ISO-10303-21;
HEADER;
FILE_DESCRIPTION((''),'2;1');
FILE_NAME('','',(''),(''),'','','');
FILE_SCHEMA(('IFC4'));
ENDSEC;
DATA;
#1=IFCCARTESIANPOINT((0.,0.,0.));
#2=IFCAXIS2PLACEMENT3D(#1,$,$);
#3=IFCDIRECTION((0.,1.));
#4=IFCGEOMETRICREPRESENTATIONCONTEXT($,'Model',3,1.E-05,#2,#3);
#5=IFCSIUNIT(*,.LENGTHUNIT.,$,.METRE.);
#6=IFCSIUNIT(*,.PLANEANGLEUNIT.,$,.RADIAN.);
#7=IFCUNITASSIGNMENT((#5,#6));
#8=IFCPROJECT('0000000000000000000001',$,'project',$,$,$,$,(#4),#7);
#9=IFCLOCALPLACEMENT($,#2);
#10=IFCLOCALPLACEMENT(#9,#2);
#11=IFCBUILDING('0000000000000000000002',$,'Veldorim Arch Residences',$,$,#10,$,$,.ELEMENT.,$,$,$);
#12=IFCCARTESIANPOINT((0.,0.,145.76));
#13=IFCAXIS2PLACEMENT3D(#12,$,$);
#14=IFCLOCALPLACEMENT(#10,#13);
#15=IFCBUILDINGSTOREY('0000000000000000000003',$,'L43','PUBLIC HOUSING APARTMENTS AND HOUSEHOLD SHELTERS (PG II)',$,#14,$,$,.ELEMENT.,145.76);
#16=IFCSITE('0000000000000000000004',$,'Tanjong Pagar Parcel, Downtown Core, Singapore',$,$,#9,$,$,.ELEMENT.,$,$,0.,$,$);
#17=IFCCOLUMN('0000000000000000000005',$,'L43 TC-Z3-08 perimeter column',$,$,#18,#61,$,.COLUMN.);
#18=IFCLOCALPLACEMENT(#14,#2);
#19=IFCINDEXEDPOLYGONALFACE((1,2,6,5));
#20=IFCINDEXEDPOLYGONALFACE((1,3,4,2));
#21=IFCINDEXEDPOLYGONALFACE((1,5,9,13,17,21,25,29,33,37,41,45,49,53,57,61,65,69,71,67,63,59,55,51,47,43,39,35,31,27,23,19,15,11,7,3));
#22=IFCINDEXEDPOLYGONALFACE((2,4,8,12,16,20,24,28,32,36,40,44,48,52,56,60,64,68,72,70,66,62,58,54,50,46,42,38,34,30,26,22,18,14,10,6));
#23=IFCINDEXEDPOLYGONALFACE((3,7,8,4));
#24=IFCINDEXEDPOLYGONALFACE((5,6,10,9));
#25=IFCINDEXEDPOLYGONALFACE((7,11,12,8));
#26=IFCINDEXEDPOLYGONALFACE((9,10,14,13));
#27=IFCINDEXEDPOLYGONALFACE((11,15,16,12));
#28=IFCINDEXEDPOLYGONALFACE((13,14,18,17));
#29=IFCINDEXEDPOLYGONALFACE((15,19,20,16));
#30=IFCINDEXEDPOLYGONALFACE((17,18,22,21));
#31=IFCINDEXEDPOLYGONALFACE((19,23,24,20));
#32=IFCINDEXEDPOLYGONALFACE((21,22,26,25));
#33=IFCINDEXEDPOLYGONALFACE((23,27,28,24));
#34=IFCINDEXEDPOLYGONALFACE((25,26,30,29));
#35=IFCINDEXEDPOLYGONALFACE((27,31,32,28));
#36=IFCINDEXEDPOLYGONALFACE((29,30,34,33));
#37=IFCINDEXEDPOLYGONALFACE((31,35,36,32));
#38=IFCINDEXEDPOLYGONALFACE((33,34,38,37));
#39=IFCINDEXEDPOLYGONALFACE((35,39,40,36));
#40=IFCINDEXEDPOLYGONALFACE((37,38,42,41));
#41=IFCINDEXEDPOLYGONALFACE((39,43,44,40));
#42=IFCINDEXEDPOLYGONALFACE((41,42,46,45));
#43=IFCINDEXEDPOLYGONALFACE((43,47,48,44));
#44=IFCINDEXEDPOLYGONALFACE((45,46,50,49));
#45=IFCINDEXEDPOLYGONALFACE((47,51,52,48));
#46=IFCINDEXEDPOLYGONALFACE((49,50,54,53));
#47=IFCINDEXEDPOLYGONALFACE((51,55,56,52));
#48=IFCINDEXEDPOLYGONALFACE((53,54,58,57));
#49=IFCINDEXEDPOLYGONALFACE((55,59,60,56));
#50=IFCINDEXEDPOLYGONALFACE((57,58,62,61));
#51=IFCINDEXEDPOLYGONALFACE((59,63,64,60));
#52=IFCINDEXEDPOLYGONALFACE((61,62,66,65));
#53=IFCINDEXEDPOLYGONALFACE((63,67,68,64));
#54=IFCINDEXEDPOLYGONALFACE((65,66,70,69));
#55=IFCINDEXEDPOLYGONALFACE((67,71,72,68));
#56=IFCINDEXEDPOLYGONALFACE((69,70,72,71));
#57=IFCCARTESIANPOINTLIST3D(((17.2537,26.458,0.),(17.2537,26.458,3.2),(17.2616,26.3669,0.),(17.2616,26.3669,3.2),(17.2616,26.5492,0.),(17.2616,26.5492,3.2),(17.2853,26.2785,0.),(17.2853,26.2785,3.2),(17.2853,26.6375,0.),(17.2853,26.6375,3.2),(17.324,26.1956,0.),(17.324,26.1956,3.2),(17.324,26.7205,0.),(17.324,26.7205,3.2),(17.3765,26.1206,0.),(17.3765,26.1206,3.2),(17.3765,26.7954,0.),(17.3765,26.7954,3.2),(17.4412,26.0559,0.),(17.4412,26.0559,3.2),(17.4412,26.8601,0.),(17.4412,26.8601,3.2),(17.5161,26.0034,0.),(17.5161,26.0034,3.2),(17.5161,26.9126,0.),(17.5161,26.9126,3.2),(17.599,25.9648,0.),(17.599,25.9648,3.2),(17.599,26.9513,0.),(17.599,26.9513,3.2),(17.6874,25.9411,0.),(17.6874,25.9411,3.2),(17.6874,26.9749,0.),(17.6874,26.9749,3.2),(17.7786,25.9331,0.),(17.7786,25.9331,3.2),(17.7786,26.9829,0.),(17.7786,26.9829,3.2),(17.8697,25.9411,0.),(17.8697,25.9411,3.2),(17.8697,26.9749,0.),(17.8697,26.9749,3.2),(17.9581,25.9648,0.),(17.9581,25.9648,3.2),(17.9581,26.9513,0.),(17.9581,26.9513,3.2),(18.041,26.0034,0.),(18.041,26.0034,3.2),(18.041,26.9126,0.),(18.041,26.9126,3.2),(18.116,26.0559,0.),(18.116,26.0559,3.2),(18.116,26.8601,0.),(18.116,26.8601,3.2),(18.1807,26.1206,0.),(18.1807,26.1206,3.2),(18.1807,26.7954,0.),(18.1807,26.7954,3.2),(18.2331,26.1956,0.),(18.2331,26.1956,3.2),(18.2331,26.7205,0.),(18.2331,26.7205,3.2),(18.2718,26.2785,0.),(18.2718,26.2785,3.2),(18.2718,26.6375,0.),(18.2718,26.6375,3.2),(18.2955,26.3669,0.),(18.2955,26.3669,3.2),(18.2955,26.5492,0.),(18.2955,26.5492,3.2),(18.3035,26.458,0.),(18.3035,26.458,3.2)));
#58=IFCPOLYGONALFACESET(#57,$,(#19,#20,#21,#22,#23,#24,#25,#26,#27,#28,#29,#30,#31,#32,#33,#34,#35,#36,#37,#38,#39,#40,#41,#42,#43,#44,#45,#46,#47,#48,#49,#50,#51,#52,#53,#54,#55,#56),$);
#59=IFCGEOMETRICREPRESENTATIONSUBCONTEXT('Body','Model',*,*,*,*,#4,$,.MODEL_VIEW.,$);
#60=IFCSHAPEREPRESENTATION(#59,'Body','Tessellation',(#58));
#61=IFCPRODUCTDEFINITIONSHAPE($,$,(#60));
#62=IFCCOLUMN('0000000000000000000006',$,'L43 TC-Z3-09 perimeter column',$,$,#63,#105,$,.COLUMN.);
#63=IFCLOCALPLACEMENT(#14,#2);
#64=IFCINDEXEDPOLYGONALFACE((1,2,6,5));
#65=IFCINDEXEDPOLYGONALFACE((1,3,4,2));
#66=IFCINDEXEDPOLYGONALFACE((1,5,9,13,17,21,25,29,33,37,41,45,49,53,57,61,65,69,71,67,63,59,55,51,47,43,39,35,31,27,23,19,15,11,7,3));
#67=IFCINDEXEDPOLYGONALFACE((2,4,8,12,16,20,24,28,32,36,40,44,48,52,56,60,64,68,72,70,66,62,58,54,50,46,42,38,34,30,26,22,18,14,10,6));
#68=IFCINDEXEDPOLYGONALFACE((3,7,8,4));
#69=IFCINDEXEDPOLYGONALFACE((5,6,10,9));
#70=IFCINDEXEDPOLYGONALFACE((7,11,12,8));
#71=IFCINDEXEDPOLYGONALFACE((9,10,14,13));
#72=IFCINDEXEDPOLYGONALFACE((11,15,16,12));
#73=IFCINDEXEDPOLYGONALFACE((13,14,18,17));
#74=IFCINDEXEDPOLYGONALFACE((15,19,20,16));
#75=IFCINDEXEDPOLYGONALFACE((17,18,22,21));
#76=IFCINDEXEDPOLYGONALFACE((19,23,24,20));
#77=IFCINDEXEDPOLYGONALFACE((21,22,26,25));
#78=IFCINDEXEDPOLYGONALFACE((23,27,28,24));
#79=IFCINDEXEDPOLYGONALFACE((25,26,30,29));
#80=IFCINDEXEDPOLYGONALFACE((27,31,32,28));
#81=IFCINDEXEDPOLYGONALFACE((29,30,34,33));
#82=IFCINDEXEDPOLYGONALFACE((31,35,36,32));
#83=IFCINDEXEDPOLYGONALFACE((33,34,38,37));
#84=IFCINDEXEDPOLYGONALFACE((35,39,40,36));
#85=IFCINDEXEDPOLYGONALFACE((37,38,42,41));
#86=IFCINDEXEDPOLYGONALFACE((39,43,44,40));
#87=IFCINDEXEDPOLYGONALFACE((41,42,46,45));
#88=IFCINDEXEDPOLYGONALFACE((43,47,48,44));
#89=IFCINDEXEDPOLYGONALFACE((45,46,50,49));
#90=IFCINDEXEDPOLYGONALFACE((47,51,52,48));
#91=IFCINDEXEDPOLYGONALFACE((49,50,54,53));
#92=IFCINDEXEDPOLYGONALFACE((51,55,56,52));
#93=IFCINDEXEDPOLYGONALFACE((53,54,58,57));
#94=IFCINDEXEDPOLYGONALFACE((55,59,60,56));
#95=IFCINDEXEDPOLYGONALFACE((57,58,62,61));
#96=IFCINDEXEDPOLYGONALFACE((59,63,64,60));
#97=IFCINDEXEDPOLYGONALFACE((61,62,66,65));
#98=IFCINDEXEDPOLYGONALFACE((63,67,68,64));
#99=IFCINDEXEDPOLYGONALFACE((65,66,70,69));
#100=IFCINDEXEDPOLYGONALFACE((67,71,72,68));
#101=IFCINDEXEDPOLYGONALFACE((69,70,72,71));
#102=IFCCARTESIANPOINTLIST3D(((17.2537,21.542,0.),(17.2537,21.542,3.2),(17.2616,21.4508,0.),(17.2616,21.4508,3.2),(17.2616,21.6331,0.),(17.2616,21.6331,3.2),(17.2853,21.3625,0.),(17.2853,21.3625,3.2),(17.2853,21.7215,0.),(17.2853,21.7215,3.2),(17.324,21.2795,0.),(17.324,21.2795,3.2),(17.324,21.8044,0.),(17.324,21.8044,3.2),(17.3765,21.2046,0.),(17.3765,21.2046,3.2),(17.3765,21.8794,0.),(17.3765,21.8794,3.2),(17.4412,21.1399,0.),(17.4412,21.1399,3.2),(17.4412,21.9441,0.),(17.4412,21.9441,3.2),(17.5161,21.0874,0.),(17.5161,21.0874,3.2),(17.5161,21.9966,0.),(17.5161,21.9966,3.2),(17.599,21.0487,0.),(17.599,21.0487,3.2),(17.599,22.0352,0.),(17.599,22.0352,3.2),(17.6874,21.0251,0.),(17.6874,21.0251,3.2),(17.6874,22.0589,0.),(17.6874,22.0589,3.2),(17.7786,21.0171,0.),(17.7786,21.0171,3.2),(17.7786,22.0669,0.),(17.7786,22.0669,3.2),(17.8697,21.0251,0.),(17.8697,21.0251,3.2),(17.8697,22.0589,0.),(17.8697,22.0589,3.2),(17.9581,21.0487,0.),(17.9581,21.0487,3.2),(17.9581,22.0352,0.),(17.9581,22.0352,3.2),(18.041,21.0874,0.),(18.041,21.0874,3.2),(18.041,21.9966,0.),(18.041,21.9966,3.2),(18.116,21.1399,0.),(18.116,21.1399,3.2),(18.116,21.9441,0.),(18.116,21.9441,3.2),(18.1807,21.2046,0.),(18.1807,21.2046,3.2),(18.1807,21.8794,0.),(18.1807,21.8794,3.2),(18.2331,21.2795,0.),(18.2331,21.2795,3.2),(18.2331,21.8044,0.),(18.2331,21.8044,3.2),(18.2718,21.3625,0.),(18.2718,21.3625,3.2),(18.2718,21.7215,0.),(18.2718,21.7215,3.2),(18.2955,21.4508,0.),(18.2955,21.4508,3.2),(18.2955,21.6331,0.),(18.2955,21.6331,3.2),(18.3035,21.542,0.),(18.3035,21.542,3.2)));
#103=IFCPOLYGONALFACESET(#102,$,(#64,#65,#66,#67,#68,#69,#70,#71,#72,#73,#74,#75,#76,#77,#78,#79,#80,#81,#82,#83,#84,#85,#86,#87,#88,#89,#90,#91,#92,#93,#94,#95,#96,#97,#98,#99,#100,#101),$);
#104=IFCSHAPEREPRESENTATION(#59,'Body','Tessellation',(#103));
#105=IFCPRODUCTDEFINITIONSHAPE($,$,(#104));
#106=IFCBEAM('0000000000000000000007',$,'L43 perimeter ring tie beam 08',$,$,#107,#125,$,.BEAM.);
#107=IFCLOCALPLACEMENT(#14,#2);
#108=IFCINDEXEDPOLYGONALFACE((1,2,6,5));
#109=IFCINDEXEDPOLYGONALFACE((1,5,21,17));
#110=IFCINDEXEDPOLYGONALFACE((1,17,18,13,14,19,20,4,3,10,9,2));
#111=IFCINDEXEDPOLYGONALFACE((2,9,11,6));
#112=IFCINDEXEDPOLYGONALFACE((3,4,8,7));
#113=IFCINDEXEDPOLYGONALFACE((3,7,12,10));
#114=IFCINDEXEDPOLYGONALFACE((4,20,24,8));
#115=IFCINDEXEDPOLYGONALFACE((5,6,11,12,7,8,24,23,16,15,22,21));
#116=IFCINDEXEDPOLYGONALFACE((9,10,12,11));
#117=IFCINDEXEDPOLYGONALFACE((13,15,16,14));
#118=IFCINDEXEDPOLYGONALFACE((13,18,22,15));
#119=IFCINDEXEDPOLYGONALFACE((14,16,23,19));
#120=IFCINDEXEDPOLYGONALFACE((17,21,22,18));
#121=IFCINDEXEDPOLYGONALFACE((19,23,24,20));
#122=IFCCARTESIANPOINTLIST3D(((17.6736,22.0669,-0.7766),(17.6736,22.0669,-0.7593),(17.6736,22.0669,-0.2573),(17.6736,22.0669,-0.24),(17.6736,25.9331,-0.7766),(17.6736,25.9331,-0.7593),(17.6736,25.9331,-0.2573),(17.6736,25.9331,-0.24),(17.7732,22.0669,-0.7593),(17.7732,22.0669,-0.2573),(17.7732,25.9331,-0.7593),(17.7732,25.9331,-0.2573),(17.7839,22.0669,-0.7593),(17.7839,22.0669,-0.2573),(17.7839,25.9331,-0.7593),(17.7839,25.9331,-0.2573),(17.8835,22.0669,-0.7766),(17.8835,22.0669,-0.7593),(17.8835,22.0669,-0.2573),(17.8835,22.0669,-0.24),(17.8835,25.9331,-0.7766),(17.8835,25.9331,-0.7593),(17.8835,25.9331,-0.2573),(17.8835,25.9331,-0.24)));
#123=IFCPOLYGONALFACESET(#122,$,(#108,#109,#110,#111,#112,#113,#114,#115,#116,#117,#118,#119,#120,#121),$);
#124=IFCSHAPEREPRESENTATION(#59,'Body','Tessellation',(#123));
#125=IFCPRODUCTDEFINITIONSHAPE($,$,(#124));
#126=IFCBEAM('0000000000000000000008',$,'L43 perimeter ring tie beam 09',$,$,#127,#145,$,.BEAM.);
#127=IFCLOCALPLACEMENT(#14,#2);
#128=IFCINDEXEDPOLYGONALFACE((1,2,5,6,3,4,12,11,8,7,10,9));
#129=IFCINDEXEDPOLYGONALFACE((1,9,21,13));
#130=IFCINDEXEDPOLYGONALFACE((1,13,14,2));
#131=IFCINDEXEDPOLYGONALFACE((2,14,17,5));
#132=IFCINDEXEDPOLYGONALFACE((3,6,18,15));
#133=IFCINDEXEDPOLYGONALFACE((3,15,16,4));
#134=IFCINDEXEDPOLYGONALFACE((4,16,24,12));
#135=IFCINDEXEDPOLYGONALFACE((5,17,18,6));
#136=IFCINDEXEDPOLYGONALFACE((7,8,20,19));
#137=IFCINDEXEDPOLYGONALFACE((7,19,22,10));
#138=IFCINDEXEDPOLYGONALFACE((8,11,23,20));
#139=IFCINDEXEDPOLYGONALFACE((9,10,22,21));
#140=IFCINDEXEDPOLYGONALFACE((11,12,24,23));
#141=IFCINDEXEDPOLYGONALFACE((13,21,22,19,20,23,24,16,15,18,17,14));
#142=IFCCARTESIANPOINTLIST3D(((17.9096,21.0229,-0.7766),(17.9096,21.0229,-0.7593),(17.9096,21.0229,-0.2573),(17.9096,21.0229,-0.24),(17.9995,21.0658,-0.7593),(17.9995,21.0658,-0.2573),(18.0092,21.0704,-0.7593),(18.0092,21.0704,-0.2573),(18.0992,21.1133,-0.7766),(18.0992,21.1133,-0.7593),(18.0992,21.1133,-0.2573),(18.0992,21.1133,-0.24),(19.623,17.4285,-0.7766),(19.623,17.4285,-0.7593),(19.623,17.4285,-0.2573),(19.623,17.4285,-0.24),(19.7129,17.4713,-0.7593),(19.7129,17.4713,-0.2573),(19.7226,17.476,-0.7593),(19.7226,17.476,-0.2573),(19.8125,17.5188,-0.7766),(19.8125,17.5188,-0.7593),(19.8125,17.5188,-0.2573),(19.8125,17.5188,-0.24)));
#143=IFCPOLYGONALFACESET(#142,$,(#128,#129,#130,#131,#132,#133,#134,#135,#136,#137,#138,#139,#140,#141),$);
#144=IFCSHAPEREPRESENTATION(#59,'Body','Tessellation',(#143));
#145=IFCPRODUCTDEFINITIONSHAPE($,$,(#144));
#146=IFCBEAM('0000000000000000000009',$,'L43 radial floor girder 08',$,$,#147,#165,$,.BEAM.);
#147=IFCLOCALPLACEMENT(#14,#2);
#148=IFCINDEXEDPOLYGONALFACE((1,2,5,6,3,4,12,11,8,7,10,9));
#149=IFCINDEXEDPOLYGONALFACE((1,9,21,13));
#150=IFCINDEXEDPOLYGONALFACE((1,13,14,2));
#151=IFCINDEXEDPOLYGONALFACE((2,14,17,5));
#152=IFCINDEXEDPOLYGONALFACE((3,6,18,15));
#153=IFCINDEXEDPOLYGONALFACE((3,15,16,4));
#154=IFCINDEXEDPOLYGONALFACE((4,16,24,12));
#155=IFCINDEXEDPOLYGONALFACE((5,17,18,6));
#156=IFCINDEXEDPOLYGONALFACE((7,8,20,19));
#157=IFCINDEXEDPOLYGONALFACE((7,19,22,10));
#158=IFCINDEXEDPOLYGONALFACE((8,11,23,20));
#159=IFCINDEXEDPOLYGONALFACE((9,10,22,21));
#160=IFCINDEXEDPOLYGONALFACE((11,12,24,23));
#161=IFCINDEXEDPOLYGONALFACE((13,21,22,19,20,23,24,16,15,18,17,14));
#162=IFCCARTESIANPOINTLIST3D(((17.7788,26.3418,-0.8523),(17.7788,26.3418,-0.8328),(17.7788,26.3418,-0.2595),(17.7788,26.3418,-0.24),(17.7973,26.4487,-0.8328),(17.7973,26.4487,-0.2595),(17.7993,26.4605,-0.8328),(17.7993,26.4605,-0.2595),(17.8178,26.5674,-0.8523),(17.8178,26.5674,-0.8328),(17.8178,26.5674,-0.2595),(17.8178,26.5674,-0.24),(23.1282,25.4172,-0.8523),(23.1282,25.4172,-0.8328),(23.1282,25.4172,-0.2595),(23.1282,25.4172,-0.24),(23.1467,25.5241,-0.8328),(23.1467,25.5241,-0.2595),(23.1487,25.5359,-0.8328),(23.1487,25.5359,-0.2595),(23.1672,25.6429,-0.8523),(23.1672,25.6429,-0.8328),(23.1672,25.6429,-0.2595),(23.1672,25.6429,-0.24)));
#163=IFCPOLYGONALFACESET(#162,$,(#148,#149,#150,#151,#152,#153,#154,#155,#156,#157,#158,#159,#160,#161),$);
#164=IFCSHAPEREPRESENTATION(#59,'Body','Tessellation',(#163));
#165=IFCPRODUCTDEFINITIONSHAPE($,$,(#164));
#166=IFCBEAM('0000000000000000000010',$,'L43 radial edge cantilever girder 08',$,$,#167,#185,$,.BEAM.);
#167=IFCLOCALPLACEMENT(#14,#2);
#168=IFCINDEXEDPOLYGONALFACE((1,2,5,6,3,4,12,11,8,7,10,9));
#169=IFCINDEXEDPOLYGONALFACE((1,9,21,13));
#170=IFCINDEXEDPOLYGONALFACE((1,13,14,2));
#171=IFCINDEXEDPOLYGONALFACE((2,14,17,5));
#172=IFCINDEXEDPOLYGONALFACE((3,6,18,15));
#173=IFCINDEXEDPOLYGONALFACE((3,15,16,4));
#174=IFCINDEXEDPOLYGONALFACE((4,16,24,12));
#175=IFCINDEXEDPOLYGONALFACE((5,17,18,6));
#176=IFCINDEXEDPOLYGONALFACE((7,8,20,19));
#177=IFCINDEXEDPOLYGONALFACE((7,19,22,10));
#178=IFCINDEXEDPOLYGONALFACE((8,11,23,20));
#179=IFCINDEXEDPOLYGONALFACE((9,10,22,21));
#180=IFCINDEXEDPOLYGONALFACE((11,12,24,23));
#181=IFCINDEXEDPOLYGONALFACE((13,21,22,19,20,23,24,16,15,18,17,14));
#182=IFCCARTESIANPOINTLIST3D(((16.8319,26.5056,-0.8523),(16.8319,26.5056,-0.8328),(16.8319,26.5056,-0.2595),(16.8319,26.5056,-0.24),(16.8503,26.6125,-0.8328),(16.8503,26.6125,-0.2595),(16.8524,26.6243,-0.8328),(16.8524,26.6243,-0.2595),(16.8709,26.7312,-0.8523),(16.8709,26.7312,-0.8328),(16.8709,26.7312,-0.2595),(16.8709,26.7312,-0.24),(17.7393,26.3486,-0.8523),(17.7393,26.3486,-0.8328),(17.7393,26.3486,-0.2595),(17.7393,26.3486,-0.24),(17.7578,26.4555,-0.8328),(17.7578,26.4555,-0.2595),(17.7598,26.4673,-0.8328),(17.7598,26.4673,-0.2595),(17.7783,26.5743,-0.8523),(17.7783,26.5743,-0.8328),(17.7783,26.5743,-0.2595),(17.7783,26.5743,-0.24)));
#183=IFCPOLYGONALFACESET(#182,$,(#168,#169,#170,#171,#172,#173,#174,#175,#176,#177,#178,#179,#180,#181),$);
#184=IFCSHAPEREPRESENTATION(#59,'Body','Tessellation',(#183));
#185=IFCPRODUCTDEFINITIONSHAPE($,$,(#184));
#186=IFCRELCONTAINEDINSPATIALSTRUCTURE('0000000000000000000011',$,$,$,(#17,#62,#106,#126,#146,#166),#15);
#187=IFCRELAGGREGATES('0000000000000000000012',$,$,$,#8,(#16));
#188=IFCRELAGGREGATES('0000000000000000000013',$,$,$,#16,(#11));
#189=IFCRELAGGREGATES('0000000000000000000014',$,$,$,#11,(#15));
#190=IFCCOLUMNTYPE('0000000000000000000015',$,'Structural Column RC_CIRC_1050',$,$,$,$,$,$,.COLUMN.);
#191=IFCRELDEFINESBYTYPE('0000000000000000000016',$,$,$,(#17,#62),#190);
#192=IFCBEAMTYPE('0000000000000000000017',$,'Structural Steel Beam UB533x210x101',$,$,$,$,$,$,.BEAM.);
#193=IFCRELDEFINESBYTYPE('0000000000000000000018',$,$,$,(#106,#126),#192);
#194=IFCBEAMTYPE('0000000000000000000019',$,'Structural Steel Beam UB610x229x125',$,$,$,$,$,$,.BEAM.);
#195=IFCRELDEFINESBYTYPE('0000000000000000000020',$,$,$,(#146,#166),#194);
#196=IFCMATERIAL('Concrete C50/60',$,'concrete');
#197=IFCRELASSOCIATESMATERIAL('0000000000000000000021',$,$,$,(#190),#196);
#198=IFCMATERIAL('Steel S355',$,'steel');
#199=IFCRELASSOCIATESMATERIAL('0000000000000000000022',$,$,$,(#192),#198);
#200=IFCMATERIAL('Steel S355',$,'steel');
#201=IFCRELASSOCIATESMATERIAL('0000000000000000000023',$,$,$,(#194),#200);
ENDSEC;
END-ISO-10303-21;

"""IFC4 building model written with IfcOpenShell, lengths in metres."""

from ifc_helpers import new_model, si_unit, direction, frame, origin, origin_2d, place, context, subcontext, project, spatial, circle, i_section, extrude, material, material_profile, profile_set, type_object, element, save


model = new_model("IFC4")

# Units and contexts
model_context = context("Model", 3, precision=1e-05, world=origin(), true_north=direction((0.0, 1.0)))
body_context = subcontext(model_context, "Body", "Model", "MODEL_VIEW")
ifc_project = project(units=[si_unit("LENGTHUNIT", "METRE"), si_unit("PLANEANGLEUNIT", "RADIAN")], contexts=[model_context])

# Site, building, storey
site_placement = place(None, origin())
site = spatial("IfcSite", under=ifc_project, at=site_placement, Name="Tanjong Pagar Parcel, Downtown Core, Singapore", CompositionType="ELEMENT", RefElevation=0.0)
building_placement = place(site_placement, origin())
building = spatial("IfcBuilding", under=site, at=building_placement, Name="Veldorim Arch Residences", CompositionType="ELEMENT")
storey_placement = place(building_placement, frame((0.0, 0.0, 145.76)))
storey = spatial("IfcBuildingStorey", under=building, at=storey_placement, Name="L43", Description="PUBLIC HOUSING APARTMENTS AND HOUSEHOLD SHELTERS (PG II)", CompositionType="ELEMENT", Elevation=145.76)

# Columns
ifc_material_1 = material(Name="Concrete C50/60", Category="concrete")
ifc_material_profile_1 = material_profile(ifc_material_1, circle(Radius=0.5249, at=origin_2d()), Name="RC_CIRC_1050")
ifc_profile_set_1 = profile_set([ifc_material_profile_1], Name="Concrete C50/60")
column_type = type_object("IfcColumnType", Name="Structural Column RC_CIRC_1050", PredefinedType="COLUMN", material=ifc_profile_set_1)
for number, where, z_axis, x_axis, name in (
    (1, (17.7786, 26.458, 0.0), (0.0, 0.0, 1.0), (1.0, 0.0, 0.0), "L43 TC-Z3-08 perimeter column"),
    (2, (17.7786, 21.542, 0.0), (0.0, 0.0, 1.0), (1.0, 0.0, 0.0), "L43 TC-Z3-09 perimeter column"),
):
    element("IfcColumn", number, at=place(storey_placement, frame(where, z_axis=z_axis, x_axis=x_axis)), inside=storey, type_object=column_type, Name=name, PredefinedType="COLUMN", context=body_context, shape_type="SweptSolid", body=[
        extrude(circle(Radius=0.5249, at=origin_2d()), origin(), (0.0, 0.0, 1.0), 3.2),
    ])

# Beams
ifc_material_2 = material(Name="Steel S355", Category="steel")
ifc_material_profile_2 = material_profile(ifc_material_2, i_section(OverallWidth=0.21, OverallDepth=0.5366, WebThickness=0.0107, FlangeThickness=0.0173, at=origin_2d()), Name="UB533x210x101")
ifc_profile_set_2 = profile_set([ifc_material_profile_2], Name="Steel S355")
beam_type_1 = type_object("IfcBeamType", Name="Structural Steel Beam UB533x210x101", PredefinedType="BEAM", material=ifc_profile_set_2)
beam_1_placement = place(storey_placement, frame((17.7786, 25.9331, -0.5083), z_axis=(0.0, -1.0, 0.0), x_axis=(1.0, 0.0, 0.0)))
element("IfcBeam", 3, at=beam_1_placement, inside=storey, type_object=beam_type_1, Name="L43 perimeter ring tie beam 08", PredefinedType="BEAM", context=body_context, shape_type="SweptSolid", body=[
    extrude(i_section(OverallWidth=0.21, OverallDepth=0.5366, WebThickness=0.0107, FlangeThickness=0.0173, at=origin_2d()), origin(), (0.0, 0.0, 1.0), 3.8662),
])
beam_2_placement = place(storey_placement, frame((18.0044, 21.0681, -0.5083), z_axis=(0.430286, -0.902693, 0.0), x_axis=(0.902693, 0.430286, 0.0)))
element("IfcBeam", 4, at=beam_2_placement, inside=storey, type_object=beam_type_1, Name="L43 perimeter ring tie beam 09", PredefinedType="BEAM", context=body_context, shape_type="SweptSolid", body=[
    extrude(i_section(OverallWidth=0.21, OverallDepth=0.5366, WebThickness=0.0107, FlangeThickness=0.0173, at=origin_2d()), origin(), (0.0, 0.0, 1.0), 3.9819),
])
ifc_material_3 = material(Name="Steel S355", Category="steel")
ifc_material_profile_3 = material_profile(ifc_material_3, i_section(OverallWidth=0.229, OverallDepth=0.6123, WebThickness=0.012, FlangeThickness=0.0195, at=origin_2d()), Name="UB610x229x125")
ifc_profile_set_3 = profile_set([ifc_material_profile_3], Name="Steel S355")
beam_type_2 = type_object("IfcBeamType", Name="Structural Steel Beam UB610x229x125", PredefinedType="BEAM", material=ifc_profile_set_3)
beam_3_placement = place(storey_placement, frame((23.1477, 25.53, -0.5461), z_axis=(-0.98539, 0.170311, 0.0), x_axis=(-0.170311, -0.98539, 0.0)))
element("IfcBeam", 5, at=beam_3_placement, inside=storey, type_object=beam_type_2, Name="L43 radial floor girder 08", PredefinedType="BEAM", context=body_context, shape_type="SweptSolid", body=[
    extrude(i_section(OverallWidth=0.229, OverallDepth=0.6123, WebThickness=0.012, FlangeThickness=0.0195, at=origin_2d()), origin(), (0.0, 0.0, 1.0), 5.4287),
])
beam_4_placement = place(storey_placement, frame((17.7588, 26.4614, -0.5461), z_axis=(-0.985365, 0.170457, 0.0), x_axis=(-0.170457, -0.985365, 0.0)))
element("IfcBeam", 6, at=beam_4_placement, inside=storey, type_object=beam_type_2, Name="L43 radial edge cantilever girder 08", PredefinedType="BEAM", context=body_context, shape_type="SweptSolid", body=[
    extrude(i_section(OverallWidth=0.229, OverallDepth=0.6123, WebThickness=0.012, FlangeThickness=0.0195, at=origin_2d()), origin(), (0.0, 0.0, 1.0), 0.9209),
])

save(model, "model.ifc")
